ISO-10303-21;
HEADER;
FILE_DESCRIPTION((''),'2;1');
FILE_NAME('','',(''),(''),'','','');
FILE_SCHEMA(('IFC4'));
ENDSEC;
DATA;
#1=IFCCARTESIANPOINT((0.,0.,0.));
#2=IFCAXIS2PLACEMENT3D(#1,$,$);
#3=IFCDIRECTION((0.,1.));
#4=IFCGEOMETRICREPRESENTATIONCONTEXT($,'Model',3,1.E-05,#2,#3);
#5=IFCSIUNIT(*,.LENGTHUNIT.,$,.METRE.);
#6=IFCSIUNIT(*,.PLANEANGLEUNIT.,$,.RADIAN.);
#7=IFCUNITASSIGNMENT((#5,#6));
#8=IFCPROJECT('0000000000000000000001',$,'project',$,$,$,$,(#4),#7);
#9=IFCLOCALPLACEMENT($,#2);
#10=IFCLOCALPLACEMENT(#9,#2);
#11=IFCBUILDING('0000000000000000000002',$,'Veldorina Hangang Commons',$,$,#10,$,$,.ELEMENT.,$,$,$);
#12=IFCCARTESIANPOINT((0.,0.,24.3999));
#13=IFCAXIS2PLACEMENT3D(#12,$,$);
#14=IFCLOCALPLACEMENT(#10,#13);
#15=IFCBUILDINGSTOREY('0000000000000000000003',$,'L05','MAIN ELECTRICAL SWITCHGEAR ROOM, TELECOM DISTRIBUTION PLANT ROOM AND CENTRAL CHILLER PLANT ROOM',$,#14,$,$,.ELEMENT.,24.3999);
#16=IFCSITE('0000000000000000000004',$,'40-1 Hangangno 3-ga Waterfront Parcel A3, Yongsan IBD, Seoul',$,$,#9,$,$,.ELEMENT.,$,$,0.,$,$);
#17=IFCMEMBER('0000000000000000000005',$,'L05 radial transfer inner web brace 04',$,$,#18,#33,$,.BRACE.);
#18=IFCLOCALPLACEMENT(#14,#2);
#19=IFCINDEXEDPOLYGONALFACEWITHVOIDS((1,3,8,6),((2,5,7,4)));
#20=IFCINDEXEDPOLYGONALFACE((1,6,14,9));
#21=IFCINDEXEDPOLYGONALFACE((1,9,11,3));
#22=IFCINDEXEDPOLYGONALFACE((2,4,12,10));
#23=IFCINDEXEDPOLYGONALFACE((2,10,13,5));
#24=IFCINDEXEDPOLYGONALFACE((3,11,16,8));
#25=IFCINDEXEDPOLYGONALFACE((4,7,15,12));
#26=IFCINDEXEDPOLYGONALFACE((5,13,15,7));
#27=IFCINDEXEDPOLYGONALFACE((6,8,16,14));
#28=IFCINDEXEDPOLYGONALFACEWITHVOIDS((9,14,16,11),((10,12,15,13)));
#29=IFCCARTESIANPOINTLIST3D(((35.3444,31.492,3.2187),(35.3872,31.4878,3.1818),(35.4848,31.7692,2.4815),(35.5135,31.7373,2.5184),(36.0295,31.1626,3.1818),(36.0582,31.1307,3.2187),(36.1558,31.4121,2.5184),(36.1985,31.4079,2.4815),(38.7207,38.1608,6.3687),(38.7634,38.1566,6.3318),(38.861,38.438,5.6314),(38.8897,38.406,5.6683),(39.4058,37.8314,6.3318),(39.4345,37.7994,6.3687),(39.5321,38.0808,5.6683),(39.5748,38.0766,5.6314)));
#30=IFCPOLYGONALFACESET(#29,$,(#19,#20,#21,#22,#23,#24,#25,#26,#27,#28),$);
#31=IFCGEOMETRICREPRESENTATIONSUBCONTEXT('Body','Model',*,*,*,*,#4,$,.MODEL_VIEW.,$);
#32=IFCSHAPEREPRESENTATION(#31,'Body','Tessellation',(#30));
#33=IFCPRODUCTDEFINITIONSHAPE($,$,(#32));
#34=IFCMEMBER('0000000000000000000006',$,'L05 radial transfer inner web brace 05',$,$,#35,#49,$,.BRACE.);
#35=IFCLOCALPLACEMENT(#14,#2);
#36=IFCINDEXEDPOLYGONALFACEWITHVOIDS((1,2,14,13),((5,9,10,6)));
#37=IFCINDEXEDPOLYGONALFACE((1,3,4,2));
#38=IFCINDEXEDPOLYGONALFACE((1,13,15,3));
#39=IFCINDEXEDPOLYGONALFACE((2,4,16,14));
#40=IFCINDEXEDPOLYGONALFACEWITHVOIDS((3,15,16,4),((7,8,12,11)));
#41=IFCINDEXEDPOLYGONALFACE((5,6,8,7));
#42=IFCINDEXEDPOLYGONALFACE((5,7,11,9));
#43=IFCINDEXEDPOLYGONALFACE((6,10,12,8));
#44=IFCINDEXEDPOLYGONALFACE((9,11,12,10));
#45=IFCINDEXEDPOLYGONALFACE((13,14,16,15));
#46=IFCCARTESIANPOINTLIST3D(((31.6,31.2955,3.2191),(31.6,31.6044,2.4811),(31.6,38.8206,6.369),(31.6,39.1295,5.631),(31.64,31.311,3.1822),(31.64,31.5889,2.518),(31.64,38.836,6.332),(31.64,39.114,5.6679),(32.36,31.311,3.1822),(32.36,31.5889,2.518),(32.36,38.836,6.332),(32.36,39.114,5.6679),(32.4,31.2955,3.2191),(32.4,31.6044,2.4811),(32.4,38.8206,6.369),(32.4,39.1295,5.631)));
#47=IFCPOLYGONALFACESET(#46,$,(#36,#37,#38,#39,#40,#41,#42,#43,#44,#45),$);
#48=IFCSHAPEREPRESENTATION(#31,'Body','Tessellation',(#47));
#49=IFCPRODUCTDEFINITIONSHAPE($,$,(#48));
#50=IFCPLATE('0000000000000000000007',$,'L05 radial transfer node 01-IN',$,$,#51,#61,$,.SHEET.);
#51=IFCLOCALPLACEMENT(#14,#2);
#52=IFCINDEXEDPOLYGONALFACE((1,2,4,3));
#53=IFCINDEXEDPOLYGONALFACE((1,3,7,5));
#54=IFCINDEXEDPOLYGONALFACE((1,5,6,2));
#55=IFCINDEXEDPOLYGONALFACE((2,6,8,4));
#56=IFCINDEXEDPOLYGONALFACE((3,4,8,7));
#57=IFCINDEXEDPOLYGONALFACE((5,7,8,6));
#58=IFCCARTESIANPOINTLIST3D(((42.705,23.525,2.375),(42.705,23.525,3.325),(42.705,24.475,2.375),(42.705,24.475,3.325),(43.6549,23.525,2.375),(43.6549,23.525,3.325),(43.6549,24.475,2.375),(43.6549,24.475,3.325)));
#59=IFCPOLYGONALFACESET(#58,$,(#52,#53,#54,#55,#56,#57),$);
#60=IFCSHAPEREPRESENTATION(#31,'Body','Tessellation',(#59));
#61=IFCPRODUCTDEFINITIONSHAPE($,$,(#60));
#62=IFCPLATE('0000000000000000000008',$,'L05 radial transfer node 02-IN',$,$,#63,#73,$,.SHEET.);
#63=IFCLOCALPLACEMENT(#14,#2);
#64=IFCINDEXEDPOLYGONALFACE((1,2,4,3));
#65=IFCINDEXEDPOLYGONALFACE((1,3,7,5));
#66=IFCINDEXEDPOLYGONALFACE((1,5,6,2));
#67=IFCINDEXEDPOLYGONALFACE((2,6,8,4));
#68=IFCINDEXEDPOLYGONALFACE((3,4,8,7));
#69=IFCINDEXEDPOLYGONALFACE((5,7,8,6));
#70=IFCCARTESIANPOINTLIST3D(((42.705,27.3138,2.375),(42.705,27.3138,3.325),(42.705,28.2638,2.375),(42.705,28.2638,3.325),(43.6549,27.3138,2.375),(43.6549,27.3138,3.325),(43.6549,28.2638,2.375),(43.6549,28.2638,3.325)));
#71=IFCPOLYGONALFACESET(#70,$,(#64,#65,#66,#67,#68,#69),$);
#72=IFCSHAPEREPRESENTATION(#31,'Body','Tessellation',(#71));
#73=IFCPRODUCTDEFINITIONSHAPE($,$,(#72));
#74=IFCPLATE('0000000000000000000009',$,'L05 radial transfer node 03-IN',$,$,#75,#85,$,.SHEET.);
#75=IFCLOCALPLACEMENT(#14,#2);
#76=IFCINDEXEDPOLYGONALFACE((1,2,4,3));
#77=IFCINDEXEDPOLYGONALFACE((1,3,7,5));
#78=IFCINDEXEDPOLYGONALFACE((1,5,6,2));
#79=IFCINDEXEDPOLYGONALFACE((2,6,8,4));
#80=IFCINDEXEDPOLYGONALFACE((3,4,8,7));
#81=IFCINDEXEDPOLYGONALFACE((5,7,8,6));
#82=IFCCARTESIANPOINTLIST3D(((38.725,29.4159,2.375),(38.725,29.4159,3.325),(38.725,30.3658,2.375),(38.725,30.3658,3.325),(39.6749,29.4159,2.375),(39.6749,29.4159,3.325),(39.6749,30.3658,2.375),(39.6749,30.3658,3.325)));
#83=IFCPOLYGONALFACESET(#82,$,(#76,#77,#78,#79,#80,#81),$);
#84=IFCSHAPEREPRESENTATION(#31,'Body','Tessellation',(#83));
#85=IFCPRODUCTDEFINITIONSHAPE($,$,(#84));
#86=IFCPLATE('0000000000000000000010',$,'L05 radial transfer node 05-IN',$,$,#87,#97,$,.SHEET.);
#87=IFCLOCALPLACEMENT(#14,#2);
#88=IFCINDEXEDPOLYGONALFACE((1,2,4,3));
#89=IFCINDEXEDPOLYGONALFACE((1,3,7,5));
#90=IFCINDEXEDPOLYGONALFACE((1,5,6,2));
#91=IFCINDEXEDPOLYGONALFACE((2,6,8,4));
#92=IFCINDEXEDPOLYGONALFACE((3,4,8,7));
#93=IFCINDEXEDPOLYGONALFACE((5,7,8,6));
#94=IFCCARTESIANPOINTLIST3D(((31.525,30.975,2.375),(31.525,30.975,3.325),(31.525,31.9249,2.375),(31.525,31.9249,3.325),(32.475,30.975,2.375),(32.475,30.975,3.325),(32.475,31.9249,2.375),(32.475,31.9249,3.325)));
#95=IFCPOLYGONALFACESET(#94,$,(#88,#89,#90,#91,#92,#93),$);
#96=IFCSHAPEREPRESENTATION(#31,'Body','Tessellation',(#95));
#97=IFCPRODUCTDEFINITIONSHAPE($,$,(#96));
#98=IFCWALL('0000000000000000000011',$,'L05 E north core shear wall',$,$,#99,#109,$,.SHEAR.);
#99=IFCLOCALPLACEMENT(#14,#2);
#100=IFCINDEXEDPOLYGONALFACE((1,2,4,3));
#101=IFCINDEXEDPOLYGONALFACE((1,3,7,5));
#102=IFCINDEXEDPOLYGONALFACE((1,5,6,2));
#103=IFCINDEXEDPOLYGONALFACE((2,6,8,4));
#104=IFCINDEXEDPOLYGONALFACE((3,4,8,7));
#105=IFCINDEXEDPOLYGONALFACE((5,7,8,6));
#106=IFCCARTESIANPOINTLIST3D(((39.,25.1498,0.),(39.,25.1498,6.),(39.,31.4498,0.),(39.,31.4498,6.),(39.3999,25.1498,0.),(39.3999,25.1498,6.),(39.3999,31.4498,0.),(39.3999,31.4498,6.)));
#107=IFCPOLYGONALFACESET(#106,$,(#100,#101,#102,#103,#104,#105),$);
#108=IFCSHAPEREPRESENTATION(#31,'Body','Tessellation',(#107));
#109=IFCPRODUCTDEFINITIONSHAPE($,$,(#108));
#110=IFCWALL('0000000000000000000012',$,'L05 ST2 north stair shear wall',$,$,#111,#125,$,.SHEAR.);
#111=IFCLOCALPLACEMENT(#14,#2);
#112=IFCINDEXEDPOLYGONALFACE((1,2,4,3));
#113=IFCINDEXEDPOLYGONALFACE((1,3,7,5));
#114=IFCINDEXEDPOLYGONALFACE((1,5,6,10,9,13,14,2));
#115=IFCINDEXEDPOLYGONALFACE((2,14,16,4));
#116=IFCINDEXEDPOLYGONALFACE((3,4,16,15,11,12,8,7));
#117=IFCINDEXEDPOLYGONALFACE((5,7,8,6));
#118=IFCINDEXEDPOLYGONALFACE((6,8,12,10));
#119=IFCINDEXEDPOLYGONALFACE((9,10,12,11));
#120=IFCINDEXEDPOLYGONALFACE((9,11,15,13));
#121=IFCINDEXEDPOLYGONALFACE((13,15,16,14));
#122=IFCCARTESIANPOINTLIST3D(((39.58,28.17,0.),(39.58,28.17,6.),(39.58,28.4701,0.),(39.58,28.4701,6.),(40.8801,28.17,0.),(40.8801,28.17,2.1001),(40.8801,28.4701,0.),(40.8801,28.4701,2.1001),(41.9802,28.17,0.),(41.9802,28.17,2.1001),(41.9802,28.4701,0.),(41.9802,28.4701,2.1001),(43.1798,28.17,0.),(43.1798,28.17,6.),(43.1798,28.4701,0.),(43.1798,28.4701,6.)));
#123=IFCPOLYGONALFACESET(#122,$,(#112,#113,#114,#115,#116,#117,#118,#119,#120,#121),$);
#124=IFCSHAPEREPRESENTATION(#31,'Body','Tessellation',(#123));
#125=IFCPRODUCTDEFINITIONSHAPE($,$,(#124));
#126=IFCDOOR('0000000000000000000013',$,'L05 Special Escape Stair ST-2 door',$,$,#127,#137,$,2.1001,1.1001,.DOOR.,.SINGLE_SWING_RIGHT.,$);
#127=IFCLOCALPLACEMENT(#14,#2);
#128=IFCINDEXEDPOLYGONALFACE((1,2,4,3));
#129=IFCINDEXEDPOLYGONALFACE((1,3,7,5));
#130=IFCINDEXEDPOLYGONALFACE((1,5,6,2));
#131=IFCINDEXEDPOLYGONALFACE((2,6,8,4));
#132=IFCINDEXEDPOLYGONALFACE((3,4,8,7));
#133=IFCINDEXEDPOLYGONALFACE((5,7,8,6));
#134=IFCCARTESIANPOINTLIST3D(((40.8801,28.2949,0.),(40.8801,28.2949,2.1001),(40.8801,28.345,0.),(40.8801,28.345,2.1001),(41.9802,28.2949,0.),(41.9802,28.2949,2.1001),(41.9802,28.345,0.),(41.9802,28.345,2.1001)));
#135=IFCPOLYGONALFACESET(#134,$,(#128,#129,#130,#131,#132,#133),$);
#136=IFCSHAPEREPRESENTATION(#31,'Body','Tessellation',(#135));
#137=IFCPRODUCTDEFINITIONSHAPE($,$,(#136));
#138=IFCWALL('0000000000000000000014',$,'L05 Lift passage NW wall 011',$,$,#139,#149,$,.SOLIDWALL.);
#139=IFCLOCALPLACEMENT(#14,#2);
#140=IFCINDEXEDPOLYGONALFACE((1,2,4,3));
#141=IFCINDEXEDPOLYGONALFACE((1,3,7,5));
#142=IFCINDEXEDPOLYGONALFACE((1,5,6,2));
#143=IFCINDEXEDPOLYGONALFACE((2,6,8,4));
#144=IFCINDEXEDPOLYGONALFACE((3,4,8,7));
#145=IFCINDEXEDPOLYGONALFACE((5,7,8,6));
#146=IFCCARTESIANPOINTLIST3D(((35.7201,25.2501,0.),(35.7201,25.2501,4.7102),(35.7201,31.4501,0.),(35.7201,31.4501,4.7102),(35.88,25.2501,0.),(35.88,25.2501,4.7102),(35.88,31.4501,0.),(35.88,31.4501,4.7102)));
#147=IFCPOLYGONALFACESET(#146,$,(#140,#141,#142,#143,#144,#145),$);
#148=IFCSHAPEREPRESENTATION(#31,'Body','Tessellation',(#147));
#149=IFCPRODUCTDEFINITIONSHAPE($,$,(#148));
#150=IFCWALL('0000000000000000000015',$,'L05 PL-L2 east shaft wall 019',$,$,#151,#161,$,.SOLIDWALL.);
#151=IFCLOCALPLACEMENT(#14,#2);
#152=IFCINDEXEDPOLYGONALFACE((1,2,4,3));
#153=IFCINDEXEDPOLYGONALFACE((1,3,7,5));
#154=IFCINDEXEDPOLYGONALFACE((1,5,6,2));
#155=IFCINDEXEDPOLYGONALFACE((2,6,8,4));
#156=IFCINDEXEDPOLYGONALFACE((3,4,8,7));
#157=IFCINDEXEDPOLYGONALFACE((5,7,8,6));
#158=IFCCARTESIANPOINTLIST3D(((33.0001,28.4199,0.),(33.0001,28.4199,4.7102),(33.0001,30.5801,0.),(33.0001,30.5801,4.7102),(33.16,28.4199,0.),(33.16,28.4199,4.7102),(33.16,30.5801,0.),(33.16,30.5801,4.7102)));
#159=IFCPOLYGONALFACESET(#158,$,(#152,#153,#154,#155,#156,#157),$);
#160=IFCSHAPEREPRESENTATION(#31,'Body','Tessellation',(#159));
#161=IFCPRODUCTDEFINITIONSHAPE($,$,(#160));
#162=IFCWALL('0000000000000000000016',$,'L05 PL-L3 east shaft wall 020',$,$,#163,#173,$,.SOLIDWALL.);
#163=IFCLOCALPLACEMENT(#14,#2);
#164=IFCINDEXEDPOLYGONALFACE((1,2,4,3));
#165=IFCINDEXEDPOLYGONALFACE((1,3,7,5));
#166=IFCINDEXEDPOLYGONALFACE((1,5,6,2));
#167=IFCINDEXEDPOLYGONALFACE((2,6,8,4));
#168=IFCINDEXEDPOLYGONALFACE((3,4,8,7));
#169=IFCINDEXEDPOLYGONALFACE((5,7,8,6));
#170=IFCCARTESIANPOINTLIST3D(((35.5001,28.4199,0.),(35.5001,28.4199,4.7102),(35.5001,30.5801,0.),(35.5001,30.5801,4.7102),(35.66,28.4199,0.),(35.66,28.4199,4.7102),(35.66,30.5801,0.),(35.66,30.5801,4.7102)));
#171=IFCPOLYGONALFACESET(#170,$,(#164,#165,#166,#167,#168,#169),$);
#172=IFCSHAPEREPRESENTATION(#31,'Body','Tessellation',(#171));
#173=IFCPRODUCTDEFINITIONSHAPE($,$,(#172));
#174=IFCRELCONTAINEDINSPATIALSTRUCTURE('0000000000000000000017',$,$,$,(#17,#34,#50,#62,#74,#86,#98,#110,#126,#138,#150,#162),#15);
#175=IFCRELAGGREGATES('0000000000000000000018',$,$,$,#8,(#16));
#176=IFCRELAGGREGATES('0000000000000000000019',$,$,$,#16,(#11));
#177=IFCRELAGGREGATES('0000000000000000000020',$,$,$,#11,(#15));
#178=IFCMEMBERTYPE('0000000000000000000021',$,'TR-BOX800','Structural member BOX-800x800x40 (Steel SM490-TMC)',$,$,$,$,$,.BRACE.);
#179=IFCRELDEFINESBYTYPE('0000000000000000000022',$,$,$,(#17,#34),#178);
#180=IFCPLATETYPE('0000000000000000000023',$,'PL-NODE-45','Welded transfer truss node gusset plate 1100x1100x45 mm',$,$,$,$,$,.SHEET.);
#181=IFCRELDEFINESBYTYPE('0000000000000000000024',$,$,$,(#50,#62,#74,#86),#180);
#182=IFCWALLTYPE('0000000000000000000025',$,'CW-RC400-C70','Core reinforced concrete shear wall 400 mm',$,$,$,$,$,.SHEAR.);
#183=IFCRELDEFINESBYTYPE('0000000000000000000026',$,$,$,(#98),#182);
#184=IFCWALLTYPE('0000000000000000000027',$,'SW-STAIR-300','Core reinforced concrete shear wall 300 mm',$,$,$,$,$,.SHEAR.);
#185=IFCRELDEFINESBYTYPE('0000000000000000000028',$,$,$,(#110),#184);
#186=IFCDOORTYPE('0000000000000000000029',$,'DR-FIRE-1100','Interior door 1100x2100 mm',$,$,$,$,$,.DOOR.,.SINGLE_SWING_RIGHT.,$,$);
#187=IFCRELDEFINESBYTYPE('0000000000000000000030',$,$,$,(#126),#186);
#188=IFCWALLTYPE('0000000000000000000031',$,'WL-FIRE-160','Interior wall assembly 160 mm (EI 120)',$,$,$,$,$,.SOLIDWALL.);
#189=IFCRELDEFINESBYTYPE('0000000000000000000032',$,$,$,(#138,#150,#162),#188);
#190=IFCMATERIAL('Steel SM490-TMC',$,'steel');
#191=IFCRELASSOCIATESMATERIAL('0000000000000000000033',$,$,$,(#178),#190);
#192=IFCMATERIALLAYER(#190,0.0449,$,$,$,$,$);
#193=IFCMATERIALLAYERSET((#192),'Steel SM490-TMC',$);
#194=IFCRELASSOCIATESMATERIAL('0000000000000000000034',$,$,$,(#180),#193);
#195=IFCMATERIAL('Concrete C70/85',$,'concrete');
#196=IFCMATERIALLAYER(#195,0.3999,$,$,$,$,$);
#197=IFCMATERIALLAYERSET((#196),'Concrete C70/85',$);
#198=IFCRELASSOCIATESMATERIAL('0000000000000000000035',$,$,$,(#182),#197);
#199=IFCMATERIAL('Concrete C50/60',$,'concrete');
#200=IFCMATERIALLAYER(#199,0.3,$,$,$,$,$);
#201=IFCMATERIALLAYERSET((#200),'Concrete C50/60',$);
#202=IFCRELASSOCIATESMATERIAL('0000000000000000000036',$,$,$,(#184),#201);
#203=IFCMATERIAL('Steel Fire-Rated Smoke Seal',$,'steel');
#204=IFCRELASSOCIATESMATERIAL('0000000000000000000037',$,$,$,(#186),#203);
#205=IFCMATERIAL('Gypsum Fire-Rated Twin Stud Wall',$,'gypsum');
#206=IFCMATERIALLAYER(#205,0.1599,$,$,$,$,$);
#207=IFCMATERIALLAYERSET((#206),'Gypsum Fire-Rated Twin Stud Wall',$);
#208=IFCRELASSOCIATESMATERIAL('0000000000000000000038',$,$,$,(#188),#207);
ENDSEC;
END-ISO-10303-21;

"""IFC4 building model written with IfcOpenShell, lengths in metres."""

from ifc_helpers import new_model, si_unit, direction, frame, frame_2d, origin, origin_2d, place, context, subcontext, project, spatial, rectangle, hollow_rectangle, extrude, material, layer, layer_set, material_profile, profile_set, type_object, element, fill, save


model = new_model("IFC4")

# Units and contexts
model_context = context("Model", 3, precision=1e-05, world=origin(), true_north=direction((0.0, 1.0)))
body_context = subcontext(model_context, "Body", "Model", "MODEL_VIEW")
ifc_project = project(units=[si_unit("LENGTHUNIT", "METRE"), si_unit("PLANEANGLEUNIT", "RADIAN")], contexts=[model_context])

# Site, building, storey
site_placement = place(None, origin())
site = spatial("IfcSite", under=ifc_project, at=site_placement, Name="40-1 Hangangno 3-ga Waterfront Parcel A3, Yongsan IBD, Seoul", CompositionType="ELEMENT", RefElevation=0.0)
building_placement = place(site_placement, origin())
building = spatial("IfcBuilding", under=site, at=building_placement, Name="Veldorina Hangang Commons", CompositionType="ELEMENT")
storey_placement = place(building_placement, frame((0.0, 0.0, 24.3999)))
storey = spatial("IfcBuildingStorey", under=building, at=storey_placement, Name="L05", Description="MAIN ELECTRICAL SWITCHGEAR ROOM, TELECOM DISTRIBUTION PLANT ROOM AND CENTRAL CHILLER PLANT ROOM", CompositionType="ELEMENT", Elevation=24.3999)

# Shared definitions
ifc_material_1 = material(Name="Steel SM490-TMC", Category="steel")

# Members
ifc_material_profile_1 = material_profile(ifc_material_1, hollow_rectangle(XDim=0.8, YDim=0.8, WallThickness=0.04, at=origin_2d()), Name="BOX-800x800x40")
ifc_profile_set_1 = profile_set([ifc_material_profile_1], Name="Steel SM490-TMC")
member_type = type_object("IfcMemberType", Name="TR-BOX800", Description="Structural member BOX-800x800x40 (Steel SM490-TMC)", PredefinedType="BRACE", material=ifc_profile_set_1)
member_1_placement = place(storey_placement, frame((35.7715, 31.45, 2.8501), z_axis=(0.416239, 0.822155, 0.388338), x_axis=(-0.892175, 0.451689, 0.0)))
element("IfcMember", 1, at=member_1_placement, inside=storey, type_object=member_type, Name="L05 radial transfer inner web brace 04", PredefinedType="BRACE", context=body_context, shape_type="SweptSolid", body=[
    extrude(hollow_rectangle(XDim=0.8, YDim=0.8, WallThickness=0.04, at=origin_2d()), origin(), (0.0, 0.0, 1.0), 8.1113),
])
member_2_placement = place(storey_placement, frame((32.0, 31.45, 2.8501), z_axis=(0.0, 0.922448, 0.386122), x_axis=(-1.0, 0.0, 0.0)))
element("IfcMember", 2, at=member_2_placement, inside=storey, type_object=member_type, Name="L05 radial transfer inner web brace 05", PredefinedType="BRACE", context=body_context, shape_type="SweptSolid", body=[
    extrude(hollow_rectangle(XDim=0.8, YDim=0.8, WallThickness=0.04, at=origin_2d()), origin(), (0.0, 0.0, 1.0), 8.1577),
])

# Plates
ifc_layer_1 = layer(ifc_material_1, 0.0449)
ifc_layer_set_1 = layer_set([ifc_layer_1], Name="Steel SM490-TMC")
plate_type = type_object("IfcPlateType", Name="PL-NODE-45", Description="Welded transfer truss node gusset plate 1100x1100x45 mm", PredefinedType="SHEET", material=ifc_layer_set_1)
for number, where, z_axis, x_axis, name in (
    (3, (43.1799, 24.0, 2.375), (0.0, 0.0, 1.0), (1.0, 0.0, 0.0), "L05 radial transfer node 01-IN"),
    (4, (43.1799, 27.7888, 2.375), (0.0, 0.0, 1.0), (1.0, 0.0, 0.0), "L05 radial transfer node 02-IN"),
    (5, (39.2, 29.8909, 2.375), (0.0, 0.0, 1.0), (1.0, 0.0, 0.0), "L05 radial transfer node 03-IN"),
    (6, (32.0, 31.45, 2.375), (0.0, 0.0, 1.0), (1.0, 0.0, 0.0), "L05 radial transfer node 05-IN"),
):
    element("IfcPlate", number, at=place(storey_placement, frame(where, z_axis=z_axis, x_axis=x_axis)), inside=storey, type_object=plate_type, Name=name, PredefinedType="SHEET", context=body_context, shape_type="SweptSolid", body=[
        extrude(rectangle(XDim=0.95, YDim=0.95, at=origin_2d()), origin(), (0.0, 0.0, 1.0), 0.95),
    ])

# Wall
ifc_material_2 = material(Name="Concrete C70/85", Category="concrete")
ifc_layer_2 = layer(ifc_material_2, 0.3999)
ifc_layer_set_2 = layer_set([ifc_layer_2], Name="Concrete C70/85")
wall_type_1 = type_object("IfcWallType", Name="CW-RC400-C70", Description="Core reinforced concrete shear wall 400 mm", PredefinedType="SHEAR", material=ifc_layer_set_2)
wall_1_placement = place(storey_placement, frame((39.2, 25.1499, 0.0), z_axis=(0.0, 0.0, 1.0), x_axis=(0.0, 1.0, 0.0)))
element("IfcWall", 7, at=wall_1_placement, inside=storey, type_object=wall_type_1, Name="L05 E north core shear wall", PredefinedType="SHEAR", context=body_context, shape_type="SweptSolid", body=[
    extrude(rectangle(XDim=6.3, YDim=0.3999, at=frame_2d((3.1499, 0.0))), origin(), (0.0, 0.0, 1.0), 6.0),
])

# Wall, opening, door
ifc_material_3 = material(Name="Concrete C50/60", Category="concrete")
ifc_layer_3 = layer(ifc_material_3, 0.3)
ifc_layer_set_3 = layer_set([ifc_layer_3], Name="Concrete C50/60")
wall_type_2 = type_object("IfcWallType", Name="SW-STAIR-300", Description="Core reinforced concrete shear wall 300 mm", PredefinedType="SHEAR", material=ifc_layer_set_3)
wall_2_placement = place(storey_placement, frame((39.5801, 28.3201, 0.0), z_axis=(0.0, 0.0, 1.0), x_axis=(1.0, 0.0, 0.0)))
wall_2 = element("IfcWall", 8, at=wall_2_placement, inside=storey, type_object=wall_type_2, Name="L05 ST2 north stair shear wall", PredefinedType="SHEAR", context=body_context, shape_type="SweptSolid", body=[
    extrude(rectangle(XDim=3.5999, YDim=0.3, at=frame_2d((1.7998, 0.0))), origin(), (0.0, 0.0, 1.0), 6.0),
])
opening_1_placement = place(wall_2_placement, frame((1.3, 0.0, 0.0)))
opening_1 = element("IfcOpeningElement", 9, at=opening_1_placement, cuts=wall_2, PredefinedType="OPENING", context=body_context, shape_type="SweptSolid", body=[
    extrude(rectangle(XDim=1.1001, YDim=2.1001, at=frame_2d((0.55, 1.05))), frame((0.0, 0.1602, 0.0), z_axis=(0.0, -1.0, 0.0), x_axis=(1.0, 0.0, 0.0)), (0.0, 0.0, 1.0), 0.3201),
])
ifc_material_4 = material(Name="Steel Fire-Rated Smoke Seal", Category="steel")
door_type_1 = type_object("IfcDoorType", Name="DR-FIRE-1100", Description="Interior door 1100x2100 mm", OperationType="SINGLE_SWING_RIGHT", PredefinedType="DOOR", material=ifc_material_4)
door_1_placement = place(opening_1_placement, origin())
door_1 = element("IfcDoor", 10, at=door_1_placement, inside=storey, type_object=door_type_1, Name="L05 Special Escape Stair ST-2 door", OperationType="SINGLE_SWING_RIGHT", OverallHeight=2.1001, OverallWidth=1.1001, PredefinedType="DOOR", context=body_context, shape_type="SweptSolid", body=[
    extrude(rectangle(XDim=1.1001, YDim=2.1001, at=frame_2d((0.55, 1.05))), frame((0.0, 0.0249, 0.0), z_axis=(0.0, -1.0, 0.0), x_axis=(1.0, 0.0, 0.0)), (0.0, 0.0, 1.0), 0.05),
])
fill(opening_1, door_1)

# Walls
ifc_material_5 = material(Name="Gypsum Fire-Rated Twin Stud Wall", Category="gypsum")
ifc_layer_4 = layer(ifc_material_5, 0.1599)
ifc_layer_set_4 = layer_set([ifc_layer_4], Name="Gypsum Fire-Rated Twin Stud Wall")
wall_type_3 = type_object("IfcWallType", Name="WL-FIRE-160", Description="Interior wall assembly 160 mm (EI 120)", PredefinedType="SOLIDWALL", material=ifc_layer_set_4)
wall_3_placement = place(storey_placement, frame((35.8, 25.25, 0.0), z_axis=(0.0, 0.0, 1.0), x_axis=(0.0, 1.0, 0.0)))
element("IfcWall", 11, at=wall_3_placement, inside=storey, type_object=wall_type_3, Name="L05 Lift passage NW wall 011", PredefinedType="SOLIDWALL", context=body_context, shape_type="SweptSolid", body=[
    extrude(rectangle(XDim=6.2, YDim=0.1599, at=frame_2d((3.1001, 0.0))), origin(), (0.0, 0.0, 1.0), 4.7102),
])
for number, where, z_axis, x_axis, name in (
    (12, (33.0801, 28.4199, 0.0), (0.0, 0.0, 1.0), (0.0, 1.0, 0.0), "L05 PL-L2 east shaft wall 019"),
    (13, (35.5801, 28.4199, 0.0), (0.0, 0.0, 1.0), (0.0, 1.0, 0.0), "L05 PL-L3 east shaft wall 020"),
):
    element("IfcWall", number, at=place(storey_placement, frame(where, z_axis=z_axis, x_axis=x_axis)), inside=storey, type_object=wall_type_3, Name=name, PredefinedType="SOLIDWALL", context=body_context, shape_type="SweptSolid", body=[
        extrude(rectangle(XDim=2.1602, YDim=0.1599, at=frame_2d((1.0801, 0.0))), origin(), (0.0, 0.0, 1.0), 4.7102),
    ])

save(model, "model.ifc")
